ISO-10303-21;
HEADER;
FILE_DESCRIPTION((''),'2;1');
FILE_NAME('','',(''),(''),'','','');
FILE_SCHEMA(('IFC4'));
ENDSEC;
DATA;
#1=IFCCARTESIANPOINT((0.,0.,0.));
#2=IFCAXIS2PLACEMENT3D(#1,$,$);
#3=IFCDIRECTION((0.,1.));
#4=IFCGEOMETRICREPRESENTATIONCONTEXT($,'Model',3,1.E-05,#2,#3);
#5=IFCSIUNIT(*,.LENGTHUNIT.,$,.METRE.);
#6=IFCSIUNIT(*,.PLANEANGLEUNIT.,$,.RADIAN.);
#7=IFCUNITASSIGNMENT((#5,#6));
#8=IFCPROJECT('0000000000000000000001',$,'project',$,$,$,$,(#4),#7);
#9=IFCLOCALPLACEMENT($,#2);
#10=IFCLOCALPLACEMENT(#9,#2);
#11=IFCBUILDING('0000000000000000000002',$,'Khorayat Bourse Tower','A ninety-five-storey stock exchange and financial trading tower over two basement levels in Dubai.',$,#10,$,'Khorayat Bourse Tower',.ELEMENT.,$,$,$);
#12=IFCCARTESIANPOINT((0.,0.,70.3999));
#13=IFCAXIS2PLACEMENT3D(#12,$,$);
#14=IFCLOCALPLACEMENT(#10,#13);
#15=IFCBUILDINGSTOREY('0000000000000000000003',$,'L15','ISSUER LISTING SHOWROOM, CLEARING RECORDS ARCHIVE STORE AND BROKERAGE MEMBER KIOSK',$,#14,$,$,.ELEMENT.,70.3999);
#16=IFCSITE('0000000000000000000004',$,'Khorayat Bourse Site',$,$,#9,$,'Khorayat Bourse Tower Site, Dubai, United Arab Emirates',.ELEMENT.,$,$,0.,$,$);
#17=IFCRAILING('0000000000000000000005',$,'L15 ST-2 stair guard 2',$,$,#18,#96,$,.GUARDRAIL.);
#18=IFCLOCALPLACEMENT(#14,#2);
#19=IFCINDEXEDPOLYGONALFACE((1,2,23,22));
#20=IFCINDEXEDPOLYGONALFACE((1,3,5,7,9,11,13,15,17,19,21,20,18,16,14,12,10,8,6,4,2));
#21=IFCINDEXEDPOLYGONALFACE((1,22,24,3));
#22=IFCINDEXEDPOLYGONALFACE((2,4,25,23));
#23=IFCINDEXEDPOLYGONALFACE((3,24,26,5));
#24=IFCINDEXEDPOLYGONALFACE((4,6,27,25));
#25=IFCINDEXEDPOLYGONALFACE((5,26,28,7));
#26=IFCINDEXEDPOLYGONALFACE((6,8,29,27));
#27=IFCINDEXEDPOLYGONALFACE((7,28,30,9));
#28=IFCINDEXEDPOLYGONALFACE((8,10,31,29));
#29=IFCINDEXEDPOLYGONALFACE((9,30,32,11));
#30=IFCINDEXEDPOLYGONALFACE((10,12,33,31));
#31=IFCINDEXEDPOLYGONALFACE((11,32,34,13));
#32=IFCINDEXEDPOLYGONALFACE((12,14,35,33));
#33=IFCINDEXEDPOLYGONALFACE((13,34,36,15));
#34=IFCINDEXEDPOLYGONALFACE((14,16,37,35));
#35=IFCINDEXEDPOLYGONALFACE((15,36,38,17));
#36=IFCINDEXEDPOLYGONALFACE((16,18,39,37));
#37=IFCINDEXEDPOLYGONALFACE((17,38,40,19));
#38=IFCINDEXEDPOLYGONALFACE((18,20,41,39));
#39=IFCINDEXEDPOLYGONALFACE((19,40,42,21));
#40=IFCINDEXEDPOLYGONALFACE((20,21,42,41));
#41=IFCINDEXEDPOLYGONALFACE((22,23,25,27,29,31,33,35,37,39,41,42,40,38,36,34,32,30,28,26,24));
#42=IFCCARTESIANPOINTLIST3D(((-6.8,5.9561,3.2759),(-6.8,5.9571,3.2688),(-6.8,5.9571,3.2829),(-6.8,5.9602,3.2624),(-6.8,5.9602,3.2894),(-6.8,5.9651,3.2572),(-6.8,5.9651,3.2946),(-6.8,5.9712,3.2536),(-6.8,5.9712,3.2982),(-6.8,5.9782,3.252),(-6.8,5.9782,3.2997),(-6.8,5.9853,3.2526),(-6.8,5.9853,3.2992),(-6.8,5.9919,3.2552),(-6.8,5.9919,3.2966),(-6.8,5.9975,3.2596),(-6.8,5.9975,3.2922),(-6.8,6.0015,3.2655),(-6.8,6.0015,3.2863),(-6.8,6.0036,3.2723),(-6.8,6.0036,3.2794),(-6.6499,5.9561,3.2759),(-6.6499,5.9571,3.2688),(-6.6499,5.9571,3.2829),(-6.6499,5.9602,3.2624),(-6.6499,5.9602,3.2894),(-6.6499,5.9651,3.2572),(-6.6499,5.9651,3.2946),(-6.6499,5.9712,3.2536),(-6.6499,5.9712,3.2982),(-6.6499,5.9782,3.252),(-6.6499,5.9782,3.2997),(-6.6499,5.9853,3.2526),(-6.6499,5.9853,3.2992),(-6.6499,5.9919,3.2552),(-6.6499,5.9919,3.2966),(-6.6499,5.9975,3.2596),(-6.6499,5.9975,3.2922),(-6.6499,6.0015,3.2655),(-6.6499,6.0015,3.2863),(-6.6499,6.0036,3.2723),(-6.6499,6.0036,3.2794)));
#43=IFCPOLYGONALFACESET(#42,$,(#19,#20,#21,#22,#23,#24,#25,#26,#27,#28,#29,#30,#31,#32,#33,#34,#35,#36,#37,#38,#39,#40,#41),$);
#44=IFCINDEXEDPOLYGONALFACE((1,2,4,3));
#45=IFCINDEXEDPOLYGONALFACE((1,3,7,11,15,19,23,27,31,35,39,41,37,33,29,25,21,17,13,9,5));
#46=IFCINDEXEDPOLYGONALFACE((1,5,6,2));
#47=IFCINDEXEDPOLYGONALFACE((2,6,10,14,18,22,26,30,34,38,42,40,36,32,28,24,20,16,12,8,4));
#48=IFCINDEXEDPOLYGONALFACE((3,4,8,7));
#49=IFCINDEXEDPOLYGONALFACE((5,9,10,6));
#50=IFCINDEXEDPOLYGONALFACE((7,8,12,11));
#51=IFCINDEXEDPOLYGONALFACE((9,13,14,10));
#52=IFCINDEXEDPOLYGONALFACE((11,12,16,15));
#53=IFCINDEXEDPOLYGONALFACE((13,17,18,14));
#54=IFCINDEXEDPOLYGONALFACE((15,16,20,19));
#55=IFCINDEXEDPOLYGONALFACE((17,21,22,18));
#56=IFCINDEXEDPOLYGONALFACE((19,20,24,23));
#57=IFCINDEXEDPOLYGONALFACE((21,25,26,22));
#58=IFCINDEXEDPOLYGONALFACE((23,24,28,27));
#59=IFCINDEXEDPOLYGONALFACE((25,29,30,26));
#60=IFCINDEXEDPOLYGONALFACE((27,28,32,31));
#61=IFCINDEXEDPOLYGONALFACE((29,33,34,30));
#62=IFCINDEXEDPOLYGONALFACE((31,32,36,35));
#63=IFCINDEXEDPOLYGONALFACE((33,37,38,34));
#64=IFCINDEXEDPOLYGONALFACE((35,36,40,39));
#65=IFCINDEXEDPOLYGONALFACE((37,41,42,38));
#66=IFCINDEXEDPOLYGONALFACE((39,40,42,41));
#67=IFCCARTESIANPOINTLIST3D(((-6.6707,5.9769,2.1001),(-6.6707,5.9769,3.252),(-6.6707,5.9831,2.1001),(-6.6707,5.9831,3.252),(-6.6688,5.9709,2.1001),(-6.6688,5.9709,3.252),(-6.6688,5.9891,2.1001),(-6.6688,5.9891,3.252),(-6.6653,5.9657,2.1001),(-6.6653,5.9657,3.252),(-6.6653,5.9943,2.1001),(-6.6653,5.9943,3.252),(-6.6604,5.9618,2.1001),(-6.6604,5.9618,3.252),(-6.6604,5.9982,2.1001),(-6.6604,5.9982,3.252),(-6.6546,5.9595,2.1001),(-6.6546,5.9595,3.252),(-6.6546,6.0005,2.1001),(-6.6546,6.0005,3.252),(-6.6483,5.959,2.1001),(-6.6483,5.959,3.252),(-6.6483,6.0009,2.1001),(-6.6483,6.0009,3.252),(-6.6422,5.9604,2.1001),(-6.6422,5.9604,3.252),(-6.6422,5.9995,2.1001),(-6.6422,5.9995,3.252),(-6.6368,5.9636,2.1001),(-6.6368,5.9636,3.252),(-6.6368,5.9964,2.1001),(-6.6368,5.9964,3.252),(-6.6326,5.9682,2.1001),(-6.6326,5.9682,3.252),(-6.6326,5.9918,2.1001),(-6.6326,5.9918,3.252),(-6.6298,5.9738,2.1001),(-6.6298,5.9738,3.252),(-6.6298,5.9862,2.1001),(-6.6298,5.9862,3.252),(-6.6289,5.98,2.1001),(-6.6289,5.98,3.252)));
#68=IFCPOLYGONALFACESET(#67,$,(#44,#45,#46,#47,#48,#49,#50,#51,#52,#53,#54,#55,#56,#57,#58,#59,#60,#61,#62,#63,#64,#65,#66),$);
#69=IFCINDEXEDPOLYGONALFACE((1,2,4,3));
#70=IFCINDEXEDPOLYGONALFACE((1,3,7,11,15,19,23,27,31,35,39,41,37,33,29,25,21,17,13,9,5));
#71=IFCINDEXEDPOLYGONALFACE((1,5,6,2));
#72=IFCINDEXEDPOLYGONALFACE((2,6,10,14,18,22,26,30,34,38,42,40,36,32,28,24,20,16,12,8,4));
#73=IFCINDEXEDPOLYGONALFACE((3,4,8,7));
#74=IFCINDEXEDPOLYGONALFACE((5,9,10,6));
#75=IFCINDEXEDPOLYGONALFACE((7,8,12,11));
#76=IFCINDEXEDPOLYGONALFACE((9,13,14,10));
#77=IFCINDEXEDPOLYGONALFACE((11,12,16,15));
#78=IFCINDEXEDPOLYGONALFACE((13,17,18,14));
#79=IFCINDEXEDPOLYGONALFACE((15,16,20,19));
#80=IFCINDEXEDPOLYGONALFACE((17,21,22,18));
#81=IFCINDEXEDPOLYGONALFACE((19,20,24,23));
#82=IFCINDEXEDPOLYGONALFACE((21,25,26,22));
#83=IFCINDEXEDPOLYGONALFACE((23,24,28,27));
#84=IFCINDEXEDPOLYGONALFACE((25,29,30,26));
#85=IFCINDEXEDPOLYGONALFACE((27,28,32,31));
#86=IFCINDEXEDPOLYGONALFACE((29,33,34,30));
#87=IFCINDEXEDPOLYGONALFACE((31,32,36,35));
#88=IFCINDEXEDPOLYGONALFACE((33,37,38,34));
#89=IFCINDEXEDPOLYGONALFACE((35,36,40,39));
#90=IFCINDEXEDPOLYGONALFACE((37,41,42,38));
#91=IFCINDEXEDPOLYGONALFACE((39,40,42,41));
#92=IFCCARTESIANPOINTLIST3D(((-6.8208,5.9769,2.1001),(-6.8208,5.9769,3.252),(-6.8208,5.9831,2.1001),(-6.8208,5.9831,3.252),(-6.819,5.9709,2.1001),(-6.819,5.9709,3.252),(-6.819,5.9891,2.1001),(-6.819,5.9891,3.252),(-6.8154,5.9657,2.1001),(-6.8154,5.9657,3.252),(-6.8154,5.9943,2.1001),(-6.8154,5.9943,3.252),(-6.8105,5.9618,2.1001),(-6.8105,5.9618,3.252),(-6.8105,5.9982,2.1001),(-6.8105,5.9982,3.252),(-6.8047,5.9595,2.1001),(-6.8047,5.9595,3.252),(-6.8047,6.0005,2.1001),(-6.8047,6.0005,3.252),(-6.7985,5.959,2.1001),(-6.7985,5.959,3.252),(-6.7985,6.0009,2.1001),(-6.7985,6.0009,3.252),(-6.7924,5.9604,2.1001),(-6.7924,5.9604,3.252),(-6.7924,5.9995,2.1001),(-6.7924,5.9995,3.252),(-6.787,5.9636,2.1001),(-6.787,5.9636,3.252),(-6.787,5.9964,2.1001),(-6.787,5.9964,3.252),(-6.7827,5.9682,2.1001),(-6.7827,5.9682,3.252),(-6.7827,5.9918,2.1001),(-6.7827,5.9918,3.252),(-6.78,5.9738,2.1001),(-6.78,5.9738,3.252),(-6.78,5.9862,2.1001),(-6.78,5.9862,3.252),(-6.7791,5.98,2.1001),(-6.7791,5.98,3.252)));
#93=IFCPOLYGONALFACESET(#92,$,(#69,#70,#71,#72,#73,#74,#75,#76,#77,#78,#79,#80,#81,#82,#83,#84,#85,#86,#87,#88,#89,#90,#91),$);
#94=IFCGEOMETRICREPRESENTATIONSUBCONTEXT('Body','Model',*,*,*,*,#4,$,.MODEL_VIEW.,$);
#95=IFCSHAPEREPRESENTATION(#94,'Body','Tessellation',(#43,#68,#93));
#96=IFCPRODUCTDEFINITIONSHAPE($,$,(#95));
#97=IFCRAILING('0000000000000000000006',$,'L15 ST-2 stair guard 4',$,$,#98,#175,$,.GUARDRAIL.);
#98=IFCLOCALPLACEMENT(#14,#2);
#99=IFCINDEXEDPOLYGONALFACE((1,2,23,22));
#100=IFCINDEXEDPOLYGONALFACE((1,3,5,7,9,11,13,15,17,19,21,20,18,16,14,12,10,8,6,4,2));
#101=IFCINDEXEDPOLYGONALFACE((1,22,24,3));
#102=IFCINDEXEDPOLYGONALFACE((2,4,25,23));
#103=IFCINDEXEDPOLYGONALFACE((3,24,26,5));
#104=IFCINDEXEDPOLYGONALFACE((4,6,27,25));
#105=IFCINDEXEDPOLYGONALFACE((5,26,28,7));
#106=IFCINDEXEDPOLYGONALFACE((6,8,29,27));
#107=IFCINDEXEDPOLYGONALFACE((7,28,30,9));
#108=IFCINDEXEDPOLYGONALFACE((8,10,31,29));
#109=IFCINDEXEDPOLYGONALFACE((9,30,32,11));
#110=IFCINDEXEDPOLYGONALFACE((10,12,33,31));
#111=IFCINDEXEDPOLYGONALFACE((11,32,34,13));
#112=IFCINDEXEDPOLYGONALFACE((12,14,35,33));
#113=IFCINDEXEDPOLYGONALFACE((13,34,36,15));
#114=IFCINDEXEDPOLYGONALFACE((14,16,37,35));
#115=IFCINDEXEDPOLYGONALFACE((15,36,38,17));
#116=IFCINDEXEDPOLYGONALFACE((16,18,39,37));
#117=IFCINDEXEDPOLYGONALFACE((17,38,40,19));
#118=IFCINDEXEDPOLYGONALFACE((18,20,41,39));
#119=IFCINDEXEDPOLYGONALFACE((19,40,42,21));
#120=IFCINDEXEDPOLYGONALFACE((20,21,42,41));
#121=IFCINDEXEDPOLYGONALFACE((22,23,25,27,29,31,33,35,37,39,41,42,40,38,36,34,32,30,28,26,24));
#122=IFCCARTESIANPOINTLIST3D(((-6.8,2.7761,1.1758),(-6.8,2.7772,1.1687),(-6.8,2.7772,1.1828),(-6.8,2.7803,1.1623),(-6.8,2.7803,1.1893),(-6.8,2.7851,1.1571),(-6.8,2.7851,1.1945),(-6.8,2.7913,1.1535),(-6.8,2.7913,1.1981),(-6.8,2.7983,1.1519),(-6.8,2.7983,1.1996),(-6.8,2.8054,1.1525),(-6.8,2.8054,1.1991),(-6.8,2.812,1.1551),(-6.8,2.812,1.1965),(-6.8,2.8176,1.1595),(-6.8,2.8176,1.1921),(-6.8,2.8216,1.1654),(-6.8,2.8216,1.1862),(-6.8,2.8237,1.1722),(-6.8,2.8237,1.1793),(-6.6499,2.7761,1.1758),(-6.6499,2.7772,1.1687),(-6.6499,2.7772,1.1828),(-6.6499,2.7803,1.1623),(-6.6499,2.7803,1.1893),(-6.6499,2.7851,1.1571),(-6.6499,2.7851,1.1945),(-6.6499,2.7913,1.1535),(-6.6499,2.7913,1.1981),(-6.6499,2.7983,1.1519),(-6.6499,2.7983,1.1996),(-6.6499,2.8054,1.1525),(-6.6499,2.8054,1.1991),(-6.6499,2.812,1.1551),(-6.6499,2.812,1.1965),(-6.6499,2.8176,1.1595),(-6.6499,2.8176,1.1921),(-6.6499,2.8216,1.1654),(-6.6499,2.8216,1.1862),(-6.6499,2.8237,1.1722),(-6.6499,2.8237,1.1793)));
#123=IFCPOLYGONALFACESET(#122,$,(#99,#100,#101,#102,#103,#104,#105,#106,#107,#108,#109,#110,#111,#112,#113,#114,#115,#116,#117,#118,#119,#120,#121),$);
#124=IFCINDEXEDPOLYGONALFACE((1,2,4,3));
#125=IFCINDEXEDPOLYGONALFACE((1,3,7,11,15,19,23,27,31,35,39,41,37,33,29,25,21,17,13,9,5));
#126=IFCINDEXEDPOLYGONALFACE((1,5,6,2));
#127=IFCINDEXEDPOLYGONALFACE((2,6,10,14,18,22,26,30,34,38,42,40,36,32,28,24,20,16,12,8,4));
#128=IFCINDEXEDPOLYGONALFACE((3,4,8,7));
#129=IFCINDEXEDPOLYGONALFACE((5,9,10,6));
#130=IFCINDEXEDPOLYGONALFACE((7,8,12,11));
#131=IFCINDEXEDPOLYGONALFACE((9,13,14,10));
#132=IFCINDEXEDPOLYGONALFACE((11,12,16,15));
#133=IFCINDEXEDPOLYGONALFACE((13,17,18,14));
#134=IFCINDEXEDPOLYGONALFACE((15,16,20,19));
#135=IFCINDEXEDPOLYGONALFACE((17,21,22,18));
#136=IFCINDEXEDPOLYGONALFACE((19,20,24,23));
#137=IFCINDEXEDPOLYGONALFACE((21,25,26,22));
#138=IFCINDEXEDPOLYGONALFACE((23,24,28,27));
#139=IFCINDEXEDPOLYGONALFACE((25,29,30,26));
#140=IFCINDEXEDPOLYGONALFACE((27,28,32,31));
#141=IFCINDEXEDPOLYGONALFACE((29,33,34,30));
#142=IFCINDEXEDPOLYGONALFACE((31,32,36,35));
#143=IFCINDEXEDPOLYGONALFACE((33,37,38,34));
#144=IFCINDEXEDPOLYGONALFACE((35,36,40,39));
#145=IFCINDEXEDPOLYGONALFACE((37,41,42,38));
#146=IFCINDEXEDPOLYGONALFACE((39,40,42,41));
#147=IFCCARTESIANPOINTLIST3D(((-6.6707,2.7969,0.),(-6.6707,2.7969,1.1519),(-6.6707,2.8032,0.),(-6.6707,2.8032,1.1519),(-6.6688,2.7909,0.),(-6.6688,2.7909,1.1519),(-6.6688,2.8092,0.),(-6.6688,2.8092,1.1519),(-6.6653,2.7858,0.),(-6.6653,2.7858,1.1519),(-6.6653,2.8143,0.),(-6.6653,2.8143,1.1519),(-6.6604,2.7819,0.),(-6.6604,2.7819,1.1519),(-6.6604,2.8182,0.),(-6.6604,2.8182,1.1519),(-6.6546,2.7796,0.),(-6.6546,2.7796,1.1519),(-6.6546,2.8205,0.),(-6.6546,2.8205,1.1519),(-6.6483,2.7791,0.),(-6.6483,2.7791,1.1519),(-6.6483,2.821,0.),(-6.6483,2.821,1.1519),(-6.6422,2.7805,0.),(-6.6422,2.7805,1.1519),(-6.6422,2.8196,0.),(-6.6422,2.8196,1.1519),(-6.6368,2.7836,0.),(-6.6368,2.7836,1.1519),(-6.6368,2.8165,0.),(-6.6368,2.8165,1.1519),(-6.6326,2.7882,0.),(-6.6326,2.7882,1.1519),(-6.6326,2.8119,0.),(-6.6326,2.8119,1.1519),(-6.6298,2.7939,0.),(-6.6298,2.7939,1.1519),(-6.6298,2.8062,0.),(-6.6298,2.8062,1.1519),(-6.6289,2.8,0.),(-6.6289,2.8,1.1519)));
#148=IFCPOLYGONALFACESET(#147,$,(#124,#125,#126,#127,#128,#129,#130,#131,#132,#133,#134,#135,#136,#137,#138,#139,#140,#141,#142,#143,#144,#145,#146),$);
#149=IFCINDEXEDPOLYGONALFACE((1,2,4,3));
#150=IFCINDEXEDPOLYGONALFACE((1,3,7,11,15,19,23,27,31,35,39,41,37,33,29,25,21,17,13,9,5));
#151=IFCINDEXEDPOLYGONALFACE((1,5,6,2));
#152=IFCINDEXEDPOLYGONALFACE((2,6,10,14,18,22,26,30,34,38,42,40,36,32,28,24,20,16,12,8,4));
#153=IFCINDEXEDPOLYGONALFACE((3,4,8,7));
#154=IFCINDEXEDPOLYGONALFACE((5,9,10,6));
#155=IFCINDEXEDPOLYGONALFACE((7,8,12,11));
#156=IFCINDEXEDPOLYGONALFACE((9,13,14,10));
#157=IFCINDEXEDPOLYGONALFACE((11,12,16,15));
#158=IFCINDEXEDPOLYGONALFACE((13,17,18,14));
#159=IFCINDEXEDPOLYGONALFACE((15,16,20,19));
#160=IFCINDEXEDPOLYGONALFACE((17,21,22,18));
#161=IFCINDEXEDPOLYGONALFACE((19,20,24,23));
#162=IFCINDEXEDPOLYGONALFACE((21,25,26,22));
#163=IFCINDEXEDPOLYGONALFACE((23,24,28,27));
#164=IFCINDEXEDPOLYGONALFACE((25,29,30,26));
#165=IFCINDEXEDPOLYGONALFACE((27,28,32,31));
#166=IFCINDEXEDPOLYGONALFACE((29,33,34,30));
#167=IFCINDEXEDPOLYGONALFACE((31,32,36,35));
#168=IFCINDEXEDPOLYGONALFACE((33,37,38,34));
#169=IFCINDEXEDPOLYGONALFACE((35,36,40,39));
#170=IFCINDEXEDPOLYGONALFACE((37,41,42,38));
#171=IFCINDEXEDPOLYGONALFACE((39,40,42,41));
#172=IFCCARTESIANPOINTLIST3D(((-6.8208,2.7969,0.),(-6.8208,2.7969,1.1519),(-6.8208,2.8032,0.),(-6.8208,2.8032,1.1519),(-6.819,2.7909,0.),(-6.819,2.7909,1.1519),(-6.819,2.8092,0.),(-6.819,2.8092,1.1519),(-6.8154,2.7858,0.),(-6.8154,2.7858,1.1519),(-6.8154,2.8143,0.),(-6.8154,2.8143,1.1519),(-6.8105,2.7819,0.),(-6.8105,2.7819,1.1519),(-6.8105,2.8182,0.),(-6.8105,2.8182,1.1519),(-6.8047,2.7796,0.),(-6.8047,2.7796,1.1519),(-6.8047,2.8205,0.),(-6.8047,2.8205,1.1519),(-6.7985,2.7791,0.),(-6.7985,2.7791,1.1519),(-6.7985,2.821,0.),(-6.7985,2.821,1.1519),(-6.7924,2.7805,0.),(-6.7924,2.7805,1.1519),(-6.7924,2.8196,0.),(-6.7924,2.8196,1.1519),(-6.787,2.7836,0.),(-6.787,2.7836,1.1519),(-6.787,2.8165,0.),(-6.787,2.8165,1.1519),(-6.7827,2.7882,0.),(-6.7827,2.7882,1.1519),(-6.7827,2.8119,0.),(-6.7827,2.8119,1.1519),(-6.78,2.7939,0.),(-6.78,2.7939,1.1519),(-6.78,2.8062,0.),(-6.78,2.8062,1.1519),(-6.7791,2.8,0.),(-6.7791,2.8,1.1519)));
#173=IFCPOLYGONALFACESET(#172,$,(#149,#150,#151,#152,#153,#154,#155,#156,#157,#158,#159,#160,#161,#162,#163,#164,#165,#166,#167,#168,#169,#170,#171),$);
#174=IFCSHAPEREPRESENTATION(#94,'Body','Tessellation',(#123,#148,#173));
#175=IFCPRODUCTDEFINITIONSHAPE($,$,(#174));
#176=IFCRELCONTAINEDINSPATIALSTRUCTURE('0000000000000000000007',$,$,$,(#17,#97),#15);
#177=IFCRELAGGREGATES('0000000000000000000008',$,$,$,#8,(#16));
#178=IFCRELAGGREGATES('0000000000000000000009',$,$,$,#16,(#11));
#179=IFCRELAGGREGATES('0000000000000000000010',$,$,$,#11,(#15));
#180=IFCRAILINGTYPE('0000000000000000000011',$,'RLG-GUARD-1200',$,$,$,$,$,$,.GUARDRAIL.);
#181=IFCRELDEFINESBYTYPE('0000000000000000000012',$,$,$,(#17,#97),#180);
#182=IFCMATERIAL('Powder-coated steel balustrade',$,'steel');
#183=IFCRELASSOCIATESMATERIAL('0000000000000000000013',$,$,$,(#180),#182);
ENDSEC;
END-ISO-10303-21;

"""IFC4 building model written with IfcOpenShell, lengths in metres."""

from ifc_helpers import new_model, si_unit, direction, frame, origin, origin_2d, place, context, subcontext, project, spatial, circle, extrude, source, transform, mapped, material, type_object, element, save


model = new_model("IFC4")

# Units and contexts
model_context = context("Model", 3, precision=1e-05, world=origin(), true_north=direction((0.0, 1.0)))
body_context = subcontext(model_context, "Body", "Model", "MODEL_VIEW")
ifc_project = project(units=[si_unit("LENGTHUNIT", "METRE"), si_unit("PLANEANGLEUNIT", "RADIAN")], contexts=[model_context])

# Site, building, storey
site_placement = place(None, origin())
site = spatial("IfcSite", under=ifc_project, at=site_placement, Name="Khorayat Bourse Site", LongName="Khorayat Bourse Tower Site, Dubai, United Arab Emirates", CompositionType="ELEMENT", RefElevation=0.0)
building_placement = place(site_placement, origin())
building = spatial("IfcBuilding", under=site, at=building_placement, Name="Khorayat Bourse Tower", Description="A ninety-five-storey stock exchange and financial trading tower over two basement levels in Dubai.", LongName="Khorayat Bourse Tower", CompositionType="ELEMENT")
storey_placement = place(building_placement, frame((0.0, 0.0, 70.3999)))
storey = spatial("IfcBuildingStorey", under=building, at=storey_placement, Name="L15", Description="ISSUER LISTING SHOWROOM, CLEARING RECORDS ARCHIVE STORE AND BROKERAGE MEMBER KIOSK", CompositionType="ELEMENT", Elevation=70.3999)

# Railings
ifc_material_1 = material(Name="Powder-coated steel balustrade", Category="steel")
railing_type_1 = type_object("IfcRailingType", Name="RLG-GUARD-1200", PredefinedType="GUARDRAIL", material=ifc_material_1)
shared_shape_1 = source(origin(), body_context, "Body", "SweptSolid", [
    extrude(circle(Radius=0.0239, at=origin_2d()), frame((0.0, 0.0, 1.1758), z_axis=(-1.0, 0.0, 0.0), x_axis=(0.0, -1.0, 0.0)), (0.0, 0.0, 1.0), 0.1501),
    extrude(circle(Radius=0.021, at=origin_2d()), origin(), (0.0, 0.0, 1.0), 1.1519),
    extrude(circle(Radius=0.021, at=origin_2d()), frame((-0.1501, 0.0, 0.0)), (0.0, 0.0, 1.0), 1.1519),
])
for number, where, name in (
    (1, (-6.6499, 5.98, 2.1001), "L15 ST-2 stair guard 2"),
    (2, (-6.6499, 2.8, 0.0), "L15 ST-2 stair guard 4"),
):
    element("IfcRailing", number, at=place(storey_placement, frame(where)), inside=storey, type_object=railing_type_1, Name=name, PredefinedType="GUARDRAIL", context=body_context, shape_type="MappedRepresentation", body=[
        mapped(shared_shape_1, transform((0.0, 0.0, 0.0), scale=1.0)),
    ])

save(model, "model.ifc")
